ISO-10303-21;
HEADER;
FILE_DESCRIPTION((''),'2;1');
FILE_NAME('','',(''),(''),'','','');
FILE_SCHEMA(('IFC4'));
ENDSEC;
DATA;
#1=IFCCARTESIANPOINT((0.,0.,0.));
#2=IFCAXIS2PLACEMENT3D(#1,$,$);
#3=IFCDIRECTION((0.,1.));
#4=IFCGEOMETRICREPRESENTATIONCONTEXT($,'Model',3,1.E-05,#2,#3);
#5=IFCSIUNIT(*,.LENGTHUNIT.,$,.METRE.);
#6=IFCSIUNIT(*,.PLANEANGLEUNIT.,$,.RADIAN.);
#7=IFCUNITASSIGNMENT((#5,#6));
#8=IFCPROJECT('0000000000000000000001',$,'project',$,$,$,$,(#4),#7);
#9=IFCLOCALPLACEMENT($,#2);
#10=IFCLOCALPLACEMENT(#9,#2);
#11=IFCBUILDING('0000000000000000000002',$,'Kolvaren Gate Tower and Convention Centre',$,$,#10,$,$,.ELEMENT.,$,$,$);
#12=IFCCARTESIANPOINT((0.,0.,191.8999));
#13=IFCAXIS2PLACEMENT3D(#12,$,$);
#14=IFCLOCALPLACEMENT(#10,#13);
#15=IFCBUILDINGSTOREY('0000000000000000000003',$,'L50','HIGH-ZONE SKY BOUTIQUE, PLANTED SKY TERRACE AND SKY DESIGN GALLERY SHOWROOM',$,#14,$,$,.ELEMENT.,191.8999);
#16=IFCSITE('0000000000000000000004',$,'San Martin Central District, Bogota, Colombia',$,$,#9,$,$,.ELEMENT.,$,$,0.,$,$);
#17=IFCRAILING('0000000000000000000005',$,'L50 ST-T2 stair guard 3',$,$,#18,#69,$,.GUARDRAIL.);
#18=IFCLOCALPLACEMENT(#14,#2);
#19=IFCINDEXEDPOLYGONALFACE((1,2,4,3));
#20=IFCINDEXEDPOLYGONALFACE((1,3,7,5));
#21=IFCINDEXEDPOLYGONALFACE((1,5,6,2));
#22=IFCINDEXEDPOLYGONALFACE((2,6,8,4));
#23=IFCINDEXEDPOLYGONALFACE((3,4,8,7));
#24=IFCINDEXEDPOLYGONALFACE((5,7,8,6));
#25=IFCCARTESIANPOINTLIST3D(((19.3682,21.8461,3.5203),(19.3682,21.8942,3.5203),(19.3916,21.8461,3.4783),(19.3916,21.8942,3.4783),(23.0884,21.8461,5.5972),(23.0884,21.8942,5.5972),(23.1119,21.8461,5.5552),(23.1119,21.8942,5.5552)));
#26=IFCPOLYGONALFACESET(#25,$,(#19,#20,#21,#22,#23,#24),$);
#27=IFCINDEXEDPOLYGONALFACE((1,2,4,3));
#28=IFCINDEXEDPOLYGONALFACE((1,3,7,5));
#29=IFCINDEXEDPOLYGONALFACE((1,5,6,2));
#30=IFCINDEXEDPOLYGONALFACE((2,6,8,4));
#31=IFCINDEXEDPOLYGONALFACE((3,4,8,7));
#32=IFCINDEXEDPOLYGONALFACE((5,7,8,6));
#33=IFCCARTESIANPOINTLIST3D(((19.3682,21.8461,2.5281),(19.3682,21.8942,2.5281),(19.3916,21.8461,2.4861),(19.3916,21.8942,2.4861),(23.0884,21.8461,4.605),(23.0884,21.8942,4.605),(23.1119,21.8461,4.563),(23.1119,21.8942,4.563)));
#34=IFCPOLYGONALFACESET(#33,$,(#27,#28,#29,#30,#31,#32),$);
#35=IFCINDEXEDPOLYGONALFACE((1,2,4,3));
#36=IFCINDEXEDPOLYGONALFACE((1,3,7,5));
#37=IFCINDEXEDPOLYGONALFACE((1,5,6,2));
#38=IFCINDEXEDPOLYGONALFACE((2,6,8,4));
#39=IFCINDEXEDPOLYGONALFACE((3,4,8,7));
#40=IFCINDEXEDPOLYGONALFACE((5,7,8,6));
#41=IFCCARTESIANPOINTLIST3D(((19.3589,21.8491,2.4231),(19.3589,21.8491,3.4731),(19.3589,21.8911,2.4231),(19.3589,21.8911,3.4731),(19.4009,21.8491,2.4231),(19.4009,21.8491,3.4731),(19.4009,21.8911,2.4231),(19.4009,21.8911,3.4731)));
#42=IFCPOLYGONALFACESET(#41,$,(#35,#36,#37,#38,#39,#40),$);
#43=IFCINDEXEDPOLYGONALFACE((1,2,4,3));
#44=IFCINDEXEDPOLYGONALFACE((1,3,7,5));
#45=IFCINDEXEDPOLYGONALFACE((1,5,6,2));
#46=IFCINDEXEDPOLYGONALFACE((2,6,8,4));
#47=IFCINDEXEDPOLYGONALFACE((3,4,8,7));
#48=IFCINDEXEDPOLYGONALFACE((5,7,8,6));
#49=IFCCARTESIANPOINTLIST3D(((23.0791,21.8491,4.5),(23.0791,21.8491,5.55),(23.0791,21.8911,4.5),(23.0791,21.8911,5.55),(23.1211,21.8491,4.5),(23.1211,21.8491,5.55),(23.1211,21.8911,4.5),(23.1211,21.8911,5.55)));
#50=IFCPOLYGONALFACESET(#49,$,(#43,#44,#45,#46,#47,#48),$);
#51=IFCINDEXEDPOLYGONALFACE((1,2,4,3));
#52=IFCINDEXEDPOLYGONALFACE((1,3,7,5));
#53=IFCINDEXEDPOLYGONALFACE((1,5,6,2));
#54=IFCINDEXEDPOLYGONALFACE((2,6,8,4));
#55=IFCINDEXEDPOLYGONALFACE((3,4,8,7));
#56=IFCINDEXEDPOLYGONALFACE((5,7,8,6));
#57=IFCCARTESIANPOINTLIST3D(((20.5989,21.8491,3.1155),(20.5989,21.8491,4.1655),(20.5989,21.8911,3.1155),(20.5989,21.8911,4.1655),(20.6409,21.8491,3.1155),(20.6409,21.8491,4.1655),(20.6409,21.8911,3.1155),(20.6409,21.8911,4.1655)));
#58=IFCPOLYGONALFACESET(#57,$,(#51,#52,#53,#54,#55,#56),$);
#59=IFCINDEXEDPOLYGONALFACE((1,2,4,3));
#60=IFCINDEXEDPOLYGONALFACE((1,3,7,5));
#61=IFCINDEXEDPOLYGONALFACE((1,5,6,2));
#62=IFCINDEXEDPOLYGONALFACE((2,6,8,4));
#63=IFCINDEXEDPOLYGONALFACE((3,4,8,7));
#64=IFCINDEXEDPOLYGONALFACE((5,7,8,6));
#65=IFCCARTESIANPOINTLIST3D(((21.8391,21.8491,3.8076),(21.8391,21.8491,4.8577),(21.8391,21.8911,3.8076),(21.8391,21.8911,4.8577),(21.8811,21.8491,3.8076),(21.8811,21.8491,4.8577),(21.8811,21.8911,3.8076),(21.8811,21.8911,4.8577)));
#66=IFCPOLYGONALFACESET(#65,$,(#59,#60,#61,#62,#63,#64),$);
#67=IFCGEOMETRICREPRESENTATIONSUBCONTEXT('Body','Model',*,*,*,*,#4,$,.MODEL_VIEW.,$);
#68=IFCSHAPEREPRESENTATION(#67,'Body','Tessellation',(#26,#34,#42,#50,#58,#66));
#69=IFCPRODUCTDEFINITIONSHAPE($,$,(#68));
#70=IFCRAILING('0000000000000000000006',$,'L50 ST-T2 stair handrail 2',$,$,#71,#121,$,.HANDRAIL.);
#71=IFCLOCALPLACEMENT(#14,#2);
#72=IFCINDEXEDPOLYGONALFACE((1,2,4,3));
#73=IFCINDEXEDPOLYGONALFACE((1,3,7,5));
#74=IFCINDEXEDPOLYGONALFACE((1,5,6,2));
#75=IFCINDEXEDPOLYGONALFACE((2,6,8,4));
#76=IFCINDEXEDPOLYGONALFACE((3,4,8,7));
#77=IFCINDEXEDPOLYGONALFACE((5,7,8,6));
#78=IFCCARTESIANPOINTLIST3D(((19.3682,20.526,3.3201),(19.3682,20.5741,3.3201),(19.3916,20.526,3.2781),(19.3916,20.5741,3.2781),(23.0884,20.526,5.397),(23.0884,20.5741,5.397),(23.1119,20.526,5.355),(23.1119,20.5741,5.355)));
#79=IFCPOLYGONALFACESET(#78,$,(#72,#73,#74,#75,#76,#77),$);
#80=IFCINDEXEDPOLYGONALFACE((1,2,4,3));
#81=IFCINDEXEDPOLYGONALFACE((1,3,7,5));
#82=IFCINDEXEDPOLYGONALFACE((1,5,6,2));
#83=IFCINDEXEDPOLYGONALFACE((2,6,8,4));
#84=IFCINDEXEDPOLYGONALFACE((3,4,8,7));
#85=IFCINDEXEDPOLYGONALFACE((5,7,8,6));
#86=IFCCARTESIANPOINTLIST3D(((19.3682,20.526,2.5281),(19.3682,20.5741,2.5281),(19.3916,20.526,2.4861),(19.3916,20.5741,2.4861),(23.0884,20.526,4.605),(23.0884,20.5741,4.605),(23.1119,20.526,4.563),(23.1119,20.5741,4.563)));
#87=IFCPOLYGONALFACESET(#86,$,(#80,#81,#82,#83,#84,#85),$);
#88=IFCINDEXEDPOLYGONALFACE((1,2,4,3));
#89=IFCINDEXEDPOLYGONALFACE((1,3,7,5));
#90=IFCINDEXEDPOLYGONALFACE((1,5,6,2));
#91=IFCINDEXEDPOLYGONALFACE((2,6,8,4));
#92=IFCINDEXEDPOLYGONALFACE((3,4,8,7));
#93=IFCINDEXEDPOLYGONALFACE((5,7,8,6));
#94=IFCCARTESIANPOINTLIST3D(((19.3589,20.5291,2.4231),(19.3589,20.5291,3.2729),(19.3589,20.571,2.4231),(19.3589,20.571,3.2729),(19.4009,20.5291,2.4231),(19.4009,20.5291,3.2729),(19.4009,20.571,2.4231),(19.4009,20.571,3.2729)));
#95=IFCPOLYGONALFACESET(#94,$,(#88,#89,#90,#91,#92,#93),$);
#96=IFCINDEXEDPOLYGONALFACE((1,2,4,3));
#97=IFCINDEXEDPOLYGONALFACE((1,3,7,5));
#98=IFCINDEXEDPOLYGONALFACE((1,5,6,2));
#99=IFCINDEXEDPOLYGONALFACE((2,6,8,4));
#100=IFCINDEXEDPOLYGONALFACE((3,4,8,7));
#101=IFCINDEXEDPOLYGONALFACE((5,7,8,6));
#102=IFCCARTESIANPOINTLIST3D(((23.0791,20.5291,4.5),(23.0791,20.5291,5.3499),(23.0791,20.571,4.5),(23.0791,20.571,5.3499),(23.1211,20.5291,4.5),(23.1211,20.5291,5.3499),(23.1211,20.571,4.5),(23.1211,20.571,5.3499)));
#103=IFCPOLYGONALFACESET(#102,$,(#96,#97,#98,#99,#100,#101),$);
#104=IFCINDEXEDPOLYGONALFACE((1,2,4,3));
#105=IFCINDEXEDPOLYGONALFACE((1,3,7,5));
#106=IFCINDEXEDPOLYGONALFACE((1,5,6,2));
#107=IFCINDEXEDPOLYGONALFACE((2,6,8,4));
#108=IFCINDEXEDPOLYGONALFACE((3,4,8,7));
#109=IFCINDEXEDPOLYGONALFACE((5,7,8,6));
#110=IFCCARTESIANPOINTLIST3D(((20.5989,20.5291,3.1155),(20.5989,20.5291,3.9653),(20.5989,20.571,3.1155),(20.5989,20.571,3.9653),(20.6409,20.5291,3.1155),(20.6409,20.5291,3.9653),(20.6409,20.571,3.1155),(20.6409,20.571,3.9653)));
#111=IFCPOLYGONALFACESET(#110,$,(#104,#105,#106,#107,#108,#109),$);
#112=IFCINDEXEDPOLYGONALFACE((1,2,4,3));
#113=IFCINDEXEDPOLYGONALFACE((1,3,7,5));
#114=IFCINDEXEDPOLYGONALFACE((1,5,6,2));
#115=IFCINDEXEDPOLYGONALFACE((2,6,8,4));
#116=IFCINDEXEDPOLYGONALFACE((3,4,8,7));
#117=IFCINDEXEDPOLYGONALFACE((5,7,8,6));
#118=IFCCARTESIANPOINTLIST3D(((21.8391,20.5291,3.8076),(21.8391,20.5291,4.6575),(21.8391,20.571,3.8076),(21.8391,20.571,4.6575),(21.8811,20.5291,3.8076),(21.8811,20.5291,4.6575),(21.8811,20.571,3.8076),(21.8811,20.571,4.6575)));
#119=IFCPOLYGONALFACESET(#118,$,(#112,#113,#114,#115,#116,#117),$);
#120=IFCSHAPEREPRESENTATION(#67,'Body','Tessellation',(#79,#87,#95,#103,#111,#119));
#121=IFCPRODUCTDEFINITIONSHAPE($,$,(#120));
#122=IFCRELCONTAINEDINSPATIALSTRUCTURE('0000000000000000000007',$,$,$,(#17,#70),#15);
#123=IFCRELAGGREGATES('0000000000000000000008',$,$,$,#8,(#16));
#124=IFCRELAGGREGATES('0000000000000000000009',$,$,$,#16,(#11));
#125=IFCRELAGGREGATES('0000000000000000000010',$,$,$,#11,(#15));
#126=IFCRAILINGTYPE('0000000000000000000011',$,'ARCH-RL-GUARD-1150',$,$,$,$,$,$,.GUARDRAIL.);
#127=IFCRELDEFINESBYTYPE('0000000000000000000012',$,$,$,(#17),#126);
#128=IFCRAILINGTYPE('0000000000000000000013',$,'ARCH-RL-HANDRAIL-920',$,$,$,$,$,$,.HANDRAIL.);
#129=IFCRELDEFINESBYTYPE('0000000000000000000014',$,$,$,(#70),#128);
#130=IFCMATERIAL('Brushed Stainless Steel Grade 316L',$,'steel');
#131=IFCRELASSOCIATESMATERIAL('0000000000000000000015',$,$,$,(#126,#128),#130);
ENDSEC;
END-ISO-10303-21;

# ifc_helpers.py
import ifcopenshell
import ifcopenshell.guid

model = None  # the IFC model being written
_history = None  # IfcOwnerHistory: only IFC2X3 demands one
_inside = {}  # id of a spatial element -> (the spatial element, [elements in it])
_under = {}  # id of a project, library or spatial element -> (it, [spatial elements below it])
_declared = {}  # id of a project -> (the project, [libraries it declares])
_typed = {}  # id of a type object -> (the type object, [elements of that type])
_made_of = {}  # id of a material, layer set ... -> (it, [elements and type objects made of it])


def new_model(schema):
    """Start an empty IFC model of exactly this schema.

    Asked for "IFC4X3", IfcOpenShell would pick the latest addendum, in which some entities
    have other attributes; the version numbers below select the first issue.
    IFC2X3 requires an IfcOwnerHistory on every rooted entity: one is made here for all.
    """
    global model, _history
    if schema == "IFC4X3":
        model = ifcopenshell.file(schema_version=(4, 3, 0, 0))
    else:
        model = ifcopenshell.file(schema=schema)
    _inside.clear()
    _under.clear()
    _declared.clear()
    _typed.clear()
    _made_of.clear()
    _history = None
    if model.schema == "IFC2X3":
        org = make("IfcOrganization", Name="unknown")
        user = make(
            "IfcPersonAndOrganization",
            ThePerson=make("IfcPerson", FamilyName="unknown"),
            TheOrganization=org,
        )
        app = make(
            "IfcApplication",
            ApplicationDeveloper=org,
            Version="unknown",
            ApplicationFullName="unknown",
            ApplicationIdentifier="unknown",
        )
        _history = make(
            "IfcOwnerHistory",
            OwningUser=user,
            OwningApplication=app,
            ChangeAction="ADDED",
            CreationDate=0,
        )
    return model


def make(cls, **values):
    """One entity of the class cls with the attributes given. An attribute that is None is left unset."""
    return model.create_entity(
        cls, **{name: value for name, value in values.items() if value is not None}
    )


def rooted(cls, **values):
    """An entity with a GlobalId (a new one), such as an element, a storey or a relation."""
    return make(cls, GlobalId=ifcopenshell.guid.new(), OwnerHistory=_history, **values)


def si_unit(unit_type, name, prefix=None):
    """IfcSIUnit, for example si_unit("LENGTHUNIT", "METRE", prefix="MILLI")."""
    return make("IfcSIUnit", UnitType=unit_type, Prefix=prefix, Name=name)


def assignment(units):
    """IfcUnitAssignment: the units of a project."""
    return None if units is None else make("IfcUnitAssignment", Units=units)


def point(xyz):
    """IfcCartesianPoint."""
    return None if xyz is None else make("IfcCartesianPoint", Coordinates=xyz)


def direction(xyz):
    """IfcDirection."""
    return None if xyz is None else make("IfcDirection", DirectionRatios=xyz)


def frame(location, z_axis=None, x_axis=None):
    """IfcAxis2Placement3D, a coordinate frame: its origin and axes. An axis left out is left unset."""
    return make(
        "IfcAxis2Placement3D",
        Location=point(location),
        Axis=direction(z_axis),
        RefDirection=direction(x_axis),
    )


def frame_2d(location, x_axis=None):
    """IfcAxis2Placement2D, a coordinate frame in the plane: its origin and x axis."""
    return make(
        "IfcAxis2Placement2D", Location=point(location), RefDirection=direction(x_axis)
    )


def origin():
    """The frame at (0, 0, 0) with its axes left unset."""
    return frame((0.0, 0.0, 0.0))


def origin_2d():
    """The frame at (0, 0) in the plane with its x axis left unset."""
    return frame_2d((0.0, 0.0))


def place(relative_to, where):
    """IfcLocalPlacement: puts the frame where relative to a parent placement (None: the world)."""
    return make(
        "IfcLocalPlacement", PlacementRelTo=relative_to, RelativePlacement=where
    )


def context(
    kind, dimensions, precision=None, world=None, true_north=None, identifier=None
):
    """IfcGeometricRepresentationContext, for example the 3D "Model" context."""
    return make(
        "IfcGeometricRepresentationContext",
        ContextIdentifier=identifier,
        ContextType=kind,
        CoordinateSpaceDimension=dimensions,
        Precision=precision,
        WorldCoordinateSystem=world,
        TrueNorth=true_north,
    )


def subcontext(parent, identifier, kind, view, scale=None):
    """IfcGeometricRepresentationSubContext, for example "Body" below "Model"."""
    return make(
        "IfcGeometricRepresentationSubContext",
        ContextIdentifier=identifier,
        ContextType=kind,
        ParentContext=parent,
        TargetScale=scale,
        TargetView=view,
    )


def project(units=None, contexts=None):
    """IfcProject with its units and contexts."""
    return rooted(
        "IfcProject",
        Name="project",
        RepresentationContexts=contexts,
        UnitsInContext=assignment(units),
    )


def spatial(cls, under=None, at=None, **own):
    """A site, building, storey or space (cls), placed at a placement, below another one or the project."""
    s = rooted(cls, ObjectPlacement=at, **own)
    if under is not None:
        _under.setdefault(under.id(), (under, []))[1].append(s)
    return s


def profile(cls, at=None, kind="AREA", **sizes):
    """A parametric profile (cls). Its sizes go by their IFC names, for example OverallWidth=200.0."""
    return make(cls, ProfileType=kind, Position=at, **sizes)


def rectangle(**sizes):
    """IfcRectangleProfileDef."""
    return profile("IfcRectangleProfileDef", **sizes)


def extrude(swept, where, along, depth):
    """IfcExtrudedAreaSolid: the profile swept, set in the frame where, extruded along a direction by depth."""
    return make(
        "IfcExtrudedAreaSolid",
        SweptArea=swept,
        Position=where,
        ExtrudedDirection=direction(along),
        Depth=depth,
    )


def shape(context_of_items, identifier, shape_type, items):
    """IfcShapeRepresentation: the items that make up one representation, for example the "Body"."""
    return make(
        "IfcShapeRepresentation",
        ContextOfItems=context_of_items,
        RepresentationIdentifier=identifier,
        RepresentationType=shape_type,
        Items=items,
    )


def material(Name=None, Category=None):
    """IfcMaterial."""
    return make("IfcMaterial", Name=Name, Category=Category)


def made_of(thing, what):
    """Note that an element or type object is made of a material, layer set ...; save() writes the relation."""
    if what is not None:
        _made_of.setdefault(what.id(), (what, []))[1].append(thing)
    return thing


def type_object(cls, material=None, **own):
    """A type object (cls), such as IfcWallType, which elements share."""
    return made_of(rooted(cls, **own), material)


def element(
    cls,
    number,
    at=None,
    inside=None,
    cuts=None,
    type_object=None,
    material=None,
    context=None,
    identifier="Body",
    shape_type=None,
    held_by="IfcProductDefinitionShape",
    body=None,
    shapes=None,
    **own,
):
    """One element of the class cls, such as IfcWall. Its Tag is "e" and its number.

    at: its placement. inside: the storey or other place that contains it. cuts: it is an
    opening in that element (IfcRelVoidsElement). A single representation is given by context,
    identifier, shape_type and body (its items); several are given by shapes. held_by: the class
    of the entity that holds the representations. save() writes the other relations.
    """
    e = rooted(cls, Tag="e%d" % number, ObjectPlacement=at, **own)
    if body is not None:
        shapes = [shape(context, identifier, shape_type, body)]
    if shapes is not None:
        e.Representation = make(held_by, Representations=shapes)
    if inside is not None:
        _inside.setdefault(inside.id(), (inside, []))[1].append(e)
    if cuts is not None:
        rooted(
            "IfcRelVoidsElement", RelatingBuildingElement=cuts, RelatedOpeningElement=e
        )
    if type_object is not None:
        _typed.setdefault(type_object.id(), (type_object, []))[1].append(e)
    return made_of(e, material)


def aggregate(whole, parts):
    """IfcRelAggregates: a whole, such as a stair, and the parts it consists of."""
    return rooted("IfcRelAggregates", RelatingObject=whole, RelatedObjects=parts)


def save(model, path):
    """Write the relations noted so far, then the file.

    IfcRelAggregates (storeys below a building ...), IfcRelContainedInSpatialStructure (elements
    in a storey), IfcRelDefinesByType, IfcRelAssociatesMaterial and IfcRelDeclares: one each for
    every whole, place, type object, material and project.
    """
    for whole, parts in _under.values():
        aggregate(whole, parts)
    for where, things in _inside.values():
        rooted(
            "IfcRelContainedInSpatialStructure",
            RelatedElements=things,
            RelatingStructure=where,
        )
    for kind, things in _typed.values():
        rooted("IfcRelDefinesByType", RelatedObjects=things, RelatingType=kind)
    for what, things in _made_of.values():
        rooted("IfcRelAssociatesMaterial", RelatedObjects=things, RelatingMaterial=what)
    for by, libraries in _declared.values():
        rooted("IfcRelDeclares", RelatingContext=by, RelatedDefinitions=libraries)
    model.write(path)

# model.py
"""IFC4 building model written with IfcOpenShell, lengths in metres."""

from ifc_helpers import new_model, si_unit, direction, frame, origin, origin_2d, place, context, subcontext, project, spatial, rectangle, extrude, material, type_object, element, save


model = new_model("IFC4")

# Units and contexts
model_context = context("Model", 3, precision=1e-05, world=origin(), true_north=direction((0.0, 1.0)))
body_context = subcontext(model_context, "Body", "Model", "MODEL_VIEW")
ifc_project = project(units=[si_unit("LENGTHUNIT", "METRE"), si_unit("PLANEANGLEUNIT", "RADIAN")], contexts=[model_context])

# Site, building, storey
site_placement = place(None, origin())
site = spatial("IfcSite", under=ifc_project, at=site_placement, Name="San Martin Central District, Bogota, Colombia", CompositionType="ELEMENT", RefElevation=0.0)
building_placement = place(site_placement, origin())
building = spatial("IfcBuilding", under=site, at=building_placement, Name="Kolvaren Gate Tower and Convention Centre", CompositionType="ELEMENT")
storey_placement = place(building_placement, frame((0.0, 0.0, 191.8999)))
storey = spatial("IfcBuildingStorey", under=building, at=storey_placement, Name="L50", Description="HIGH-ZONE SKY BOUTIQUE, PLANTED SKY TERRACE AND SKY DESIGN GALLERY SHOWROOM", CompositionType="ELEMENT", Elevation=191.8999)

# Shared definitions
ifc_material_1 = material(Name="Brushed Stainless Steel Grade 316L", Category="steel")

# Railings
railing_type_1 = type_object("IfcRailingType", Name="ARCH-RL-GUARD-1150", PredefinedType="GUARDRAIL", material=ifc_material_1)
railing_1_placement = place(storey_placement, frame((19.3799, 21.8701, 2.4231)))
element("IfcRailing", 1, at=railing_1_placement, inside=storey, type_object=railing_type_1, Name="L50 ST-T2 stair guard 3", PredefinedType="GUARDRAIL", context=body_context, shape_type="SweptSolid", body=[
    extrude(rectangle(XDim=0.0481, YDim=0.0481, at=origin_2d()), frame((0.0, 0.0, 1.0762), z_axis=(0.873147, 0.0, 0.487457), x_axis=(0.0, 1.0, 0.0)), (0.0, 0.0, 1.0), 4.2607),
    extrude(rectangle(XDim=0.0481, YDim=0.0481, at=origin_2d()), frame((0.0, 0.0, 0.084), z_axis=(0.873147, 0.0, 0.487457), x_axis=(0.0, 1.0, 0.0)), (0.0, 0.0, 1.0), 4.2607),
    extrude(rectangle(XDim=0.042, YDim=0.042, at=origin_2d()), origin(), (0.0, 0.0, 1.0), 1.05),
    extrude(rectangle(XDim=0.042, YDim=0.042, at=origin_2d()), frame((3.7202, 0.0, 2.0769)), (0.0, 0.0, 1.0), 1.05),
    extrude(rectangle(XDim=0.042, YDim=0.042, at=origin_2d()), frame((1.24, 0.0, 0.6924)), (0.0, 0.0, 1.0), 1.05),
    extrude(rectangle(XDim=0.042, YDim=0.042, at=origin_2d()), frame((2.4802, 0.0, 1.3845)), (0.0, 0.0, 1.0), 1.05),
])
railing_type_2 = type_object("IfcRailingType", Name="ARCH-RL-HANDRAIL-920", PredefinedType="HANDRAIL", material=ifc_material_1)
railing_2_placement = place(storey_placement, frame((19.3799, 20.55, 2.4231)))
element("IfcRailing", 2, at=railing_2_placement, inside=storey, type_object=railing_type_2, Name="L50 ST-T2 stair handrail 2", PredefinedType="HANDRAIL", context=body_context, shape_type="SweptSolid", body=[
    extrude(rectangle(XDim=0.0481, YDim=0.0481, at=origin_2d()), frame((0.0, 0.0, 0.876), z_axis=(0.873147, 0.0, 0.487457), x_axis=(0.0, 1.0, 0.0)), (0.0, 0.0, 1.0), 4.2607),
    extrude(rectangle(XDim=0.0481, YDim=0.0481, at=origin_2d()), frame((0.0, 0.0, 0.084), z_axis=(0.873147, 0.0, 0.487457), x_axis=(0.0, 1.0, 0.0)), (0.0, 0.0, 1.0), 4.2607),
    extrude(rectangle(XDim=0.042, YDim=0.042, at=origin_2d()), origin(), (0.0, 0.0, 1.0), 0.8499),
    extrude(rectangle(XDim=0.042, YDim=0.042, at=origin_2d()), frame((3.7202, 0.0, 2.0769)), (0.0, 0.0, 1.0), 0.8499),
    extrude(rectangle(XDim=0.042, YDim=0.042, at=origin_2d()), frame((1.24, 0.0, 0.6924)), (0.0, 0.0, 1.0), 0.8499),
    extrude(rectangle(XDim=0.042, YDim=0.042, at=origin_2d()), frame((2.4802, 0.0, 1.3845)), (0.0, 0.0, 1.0), 0.8499),
])

save(model, "model.ifc")
